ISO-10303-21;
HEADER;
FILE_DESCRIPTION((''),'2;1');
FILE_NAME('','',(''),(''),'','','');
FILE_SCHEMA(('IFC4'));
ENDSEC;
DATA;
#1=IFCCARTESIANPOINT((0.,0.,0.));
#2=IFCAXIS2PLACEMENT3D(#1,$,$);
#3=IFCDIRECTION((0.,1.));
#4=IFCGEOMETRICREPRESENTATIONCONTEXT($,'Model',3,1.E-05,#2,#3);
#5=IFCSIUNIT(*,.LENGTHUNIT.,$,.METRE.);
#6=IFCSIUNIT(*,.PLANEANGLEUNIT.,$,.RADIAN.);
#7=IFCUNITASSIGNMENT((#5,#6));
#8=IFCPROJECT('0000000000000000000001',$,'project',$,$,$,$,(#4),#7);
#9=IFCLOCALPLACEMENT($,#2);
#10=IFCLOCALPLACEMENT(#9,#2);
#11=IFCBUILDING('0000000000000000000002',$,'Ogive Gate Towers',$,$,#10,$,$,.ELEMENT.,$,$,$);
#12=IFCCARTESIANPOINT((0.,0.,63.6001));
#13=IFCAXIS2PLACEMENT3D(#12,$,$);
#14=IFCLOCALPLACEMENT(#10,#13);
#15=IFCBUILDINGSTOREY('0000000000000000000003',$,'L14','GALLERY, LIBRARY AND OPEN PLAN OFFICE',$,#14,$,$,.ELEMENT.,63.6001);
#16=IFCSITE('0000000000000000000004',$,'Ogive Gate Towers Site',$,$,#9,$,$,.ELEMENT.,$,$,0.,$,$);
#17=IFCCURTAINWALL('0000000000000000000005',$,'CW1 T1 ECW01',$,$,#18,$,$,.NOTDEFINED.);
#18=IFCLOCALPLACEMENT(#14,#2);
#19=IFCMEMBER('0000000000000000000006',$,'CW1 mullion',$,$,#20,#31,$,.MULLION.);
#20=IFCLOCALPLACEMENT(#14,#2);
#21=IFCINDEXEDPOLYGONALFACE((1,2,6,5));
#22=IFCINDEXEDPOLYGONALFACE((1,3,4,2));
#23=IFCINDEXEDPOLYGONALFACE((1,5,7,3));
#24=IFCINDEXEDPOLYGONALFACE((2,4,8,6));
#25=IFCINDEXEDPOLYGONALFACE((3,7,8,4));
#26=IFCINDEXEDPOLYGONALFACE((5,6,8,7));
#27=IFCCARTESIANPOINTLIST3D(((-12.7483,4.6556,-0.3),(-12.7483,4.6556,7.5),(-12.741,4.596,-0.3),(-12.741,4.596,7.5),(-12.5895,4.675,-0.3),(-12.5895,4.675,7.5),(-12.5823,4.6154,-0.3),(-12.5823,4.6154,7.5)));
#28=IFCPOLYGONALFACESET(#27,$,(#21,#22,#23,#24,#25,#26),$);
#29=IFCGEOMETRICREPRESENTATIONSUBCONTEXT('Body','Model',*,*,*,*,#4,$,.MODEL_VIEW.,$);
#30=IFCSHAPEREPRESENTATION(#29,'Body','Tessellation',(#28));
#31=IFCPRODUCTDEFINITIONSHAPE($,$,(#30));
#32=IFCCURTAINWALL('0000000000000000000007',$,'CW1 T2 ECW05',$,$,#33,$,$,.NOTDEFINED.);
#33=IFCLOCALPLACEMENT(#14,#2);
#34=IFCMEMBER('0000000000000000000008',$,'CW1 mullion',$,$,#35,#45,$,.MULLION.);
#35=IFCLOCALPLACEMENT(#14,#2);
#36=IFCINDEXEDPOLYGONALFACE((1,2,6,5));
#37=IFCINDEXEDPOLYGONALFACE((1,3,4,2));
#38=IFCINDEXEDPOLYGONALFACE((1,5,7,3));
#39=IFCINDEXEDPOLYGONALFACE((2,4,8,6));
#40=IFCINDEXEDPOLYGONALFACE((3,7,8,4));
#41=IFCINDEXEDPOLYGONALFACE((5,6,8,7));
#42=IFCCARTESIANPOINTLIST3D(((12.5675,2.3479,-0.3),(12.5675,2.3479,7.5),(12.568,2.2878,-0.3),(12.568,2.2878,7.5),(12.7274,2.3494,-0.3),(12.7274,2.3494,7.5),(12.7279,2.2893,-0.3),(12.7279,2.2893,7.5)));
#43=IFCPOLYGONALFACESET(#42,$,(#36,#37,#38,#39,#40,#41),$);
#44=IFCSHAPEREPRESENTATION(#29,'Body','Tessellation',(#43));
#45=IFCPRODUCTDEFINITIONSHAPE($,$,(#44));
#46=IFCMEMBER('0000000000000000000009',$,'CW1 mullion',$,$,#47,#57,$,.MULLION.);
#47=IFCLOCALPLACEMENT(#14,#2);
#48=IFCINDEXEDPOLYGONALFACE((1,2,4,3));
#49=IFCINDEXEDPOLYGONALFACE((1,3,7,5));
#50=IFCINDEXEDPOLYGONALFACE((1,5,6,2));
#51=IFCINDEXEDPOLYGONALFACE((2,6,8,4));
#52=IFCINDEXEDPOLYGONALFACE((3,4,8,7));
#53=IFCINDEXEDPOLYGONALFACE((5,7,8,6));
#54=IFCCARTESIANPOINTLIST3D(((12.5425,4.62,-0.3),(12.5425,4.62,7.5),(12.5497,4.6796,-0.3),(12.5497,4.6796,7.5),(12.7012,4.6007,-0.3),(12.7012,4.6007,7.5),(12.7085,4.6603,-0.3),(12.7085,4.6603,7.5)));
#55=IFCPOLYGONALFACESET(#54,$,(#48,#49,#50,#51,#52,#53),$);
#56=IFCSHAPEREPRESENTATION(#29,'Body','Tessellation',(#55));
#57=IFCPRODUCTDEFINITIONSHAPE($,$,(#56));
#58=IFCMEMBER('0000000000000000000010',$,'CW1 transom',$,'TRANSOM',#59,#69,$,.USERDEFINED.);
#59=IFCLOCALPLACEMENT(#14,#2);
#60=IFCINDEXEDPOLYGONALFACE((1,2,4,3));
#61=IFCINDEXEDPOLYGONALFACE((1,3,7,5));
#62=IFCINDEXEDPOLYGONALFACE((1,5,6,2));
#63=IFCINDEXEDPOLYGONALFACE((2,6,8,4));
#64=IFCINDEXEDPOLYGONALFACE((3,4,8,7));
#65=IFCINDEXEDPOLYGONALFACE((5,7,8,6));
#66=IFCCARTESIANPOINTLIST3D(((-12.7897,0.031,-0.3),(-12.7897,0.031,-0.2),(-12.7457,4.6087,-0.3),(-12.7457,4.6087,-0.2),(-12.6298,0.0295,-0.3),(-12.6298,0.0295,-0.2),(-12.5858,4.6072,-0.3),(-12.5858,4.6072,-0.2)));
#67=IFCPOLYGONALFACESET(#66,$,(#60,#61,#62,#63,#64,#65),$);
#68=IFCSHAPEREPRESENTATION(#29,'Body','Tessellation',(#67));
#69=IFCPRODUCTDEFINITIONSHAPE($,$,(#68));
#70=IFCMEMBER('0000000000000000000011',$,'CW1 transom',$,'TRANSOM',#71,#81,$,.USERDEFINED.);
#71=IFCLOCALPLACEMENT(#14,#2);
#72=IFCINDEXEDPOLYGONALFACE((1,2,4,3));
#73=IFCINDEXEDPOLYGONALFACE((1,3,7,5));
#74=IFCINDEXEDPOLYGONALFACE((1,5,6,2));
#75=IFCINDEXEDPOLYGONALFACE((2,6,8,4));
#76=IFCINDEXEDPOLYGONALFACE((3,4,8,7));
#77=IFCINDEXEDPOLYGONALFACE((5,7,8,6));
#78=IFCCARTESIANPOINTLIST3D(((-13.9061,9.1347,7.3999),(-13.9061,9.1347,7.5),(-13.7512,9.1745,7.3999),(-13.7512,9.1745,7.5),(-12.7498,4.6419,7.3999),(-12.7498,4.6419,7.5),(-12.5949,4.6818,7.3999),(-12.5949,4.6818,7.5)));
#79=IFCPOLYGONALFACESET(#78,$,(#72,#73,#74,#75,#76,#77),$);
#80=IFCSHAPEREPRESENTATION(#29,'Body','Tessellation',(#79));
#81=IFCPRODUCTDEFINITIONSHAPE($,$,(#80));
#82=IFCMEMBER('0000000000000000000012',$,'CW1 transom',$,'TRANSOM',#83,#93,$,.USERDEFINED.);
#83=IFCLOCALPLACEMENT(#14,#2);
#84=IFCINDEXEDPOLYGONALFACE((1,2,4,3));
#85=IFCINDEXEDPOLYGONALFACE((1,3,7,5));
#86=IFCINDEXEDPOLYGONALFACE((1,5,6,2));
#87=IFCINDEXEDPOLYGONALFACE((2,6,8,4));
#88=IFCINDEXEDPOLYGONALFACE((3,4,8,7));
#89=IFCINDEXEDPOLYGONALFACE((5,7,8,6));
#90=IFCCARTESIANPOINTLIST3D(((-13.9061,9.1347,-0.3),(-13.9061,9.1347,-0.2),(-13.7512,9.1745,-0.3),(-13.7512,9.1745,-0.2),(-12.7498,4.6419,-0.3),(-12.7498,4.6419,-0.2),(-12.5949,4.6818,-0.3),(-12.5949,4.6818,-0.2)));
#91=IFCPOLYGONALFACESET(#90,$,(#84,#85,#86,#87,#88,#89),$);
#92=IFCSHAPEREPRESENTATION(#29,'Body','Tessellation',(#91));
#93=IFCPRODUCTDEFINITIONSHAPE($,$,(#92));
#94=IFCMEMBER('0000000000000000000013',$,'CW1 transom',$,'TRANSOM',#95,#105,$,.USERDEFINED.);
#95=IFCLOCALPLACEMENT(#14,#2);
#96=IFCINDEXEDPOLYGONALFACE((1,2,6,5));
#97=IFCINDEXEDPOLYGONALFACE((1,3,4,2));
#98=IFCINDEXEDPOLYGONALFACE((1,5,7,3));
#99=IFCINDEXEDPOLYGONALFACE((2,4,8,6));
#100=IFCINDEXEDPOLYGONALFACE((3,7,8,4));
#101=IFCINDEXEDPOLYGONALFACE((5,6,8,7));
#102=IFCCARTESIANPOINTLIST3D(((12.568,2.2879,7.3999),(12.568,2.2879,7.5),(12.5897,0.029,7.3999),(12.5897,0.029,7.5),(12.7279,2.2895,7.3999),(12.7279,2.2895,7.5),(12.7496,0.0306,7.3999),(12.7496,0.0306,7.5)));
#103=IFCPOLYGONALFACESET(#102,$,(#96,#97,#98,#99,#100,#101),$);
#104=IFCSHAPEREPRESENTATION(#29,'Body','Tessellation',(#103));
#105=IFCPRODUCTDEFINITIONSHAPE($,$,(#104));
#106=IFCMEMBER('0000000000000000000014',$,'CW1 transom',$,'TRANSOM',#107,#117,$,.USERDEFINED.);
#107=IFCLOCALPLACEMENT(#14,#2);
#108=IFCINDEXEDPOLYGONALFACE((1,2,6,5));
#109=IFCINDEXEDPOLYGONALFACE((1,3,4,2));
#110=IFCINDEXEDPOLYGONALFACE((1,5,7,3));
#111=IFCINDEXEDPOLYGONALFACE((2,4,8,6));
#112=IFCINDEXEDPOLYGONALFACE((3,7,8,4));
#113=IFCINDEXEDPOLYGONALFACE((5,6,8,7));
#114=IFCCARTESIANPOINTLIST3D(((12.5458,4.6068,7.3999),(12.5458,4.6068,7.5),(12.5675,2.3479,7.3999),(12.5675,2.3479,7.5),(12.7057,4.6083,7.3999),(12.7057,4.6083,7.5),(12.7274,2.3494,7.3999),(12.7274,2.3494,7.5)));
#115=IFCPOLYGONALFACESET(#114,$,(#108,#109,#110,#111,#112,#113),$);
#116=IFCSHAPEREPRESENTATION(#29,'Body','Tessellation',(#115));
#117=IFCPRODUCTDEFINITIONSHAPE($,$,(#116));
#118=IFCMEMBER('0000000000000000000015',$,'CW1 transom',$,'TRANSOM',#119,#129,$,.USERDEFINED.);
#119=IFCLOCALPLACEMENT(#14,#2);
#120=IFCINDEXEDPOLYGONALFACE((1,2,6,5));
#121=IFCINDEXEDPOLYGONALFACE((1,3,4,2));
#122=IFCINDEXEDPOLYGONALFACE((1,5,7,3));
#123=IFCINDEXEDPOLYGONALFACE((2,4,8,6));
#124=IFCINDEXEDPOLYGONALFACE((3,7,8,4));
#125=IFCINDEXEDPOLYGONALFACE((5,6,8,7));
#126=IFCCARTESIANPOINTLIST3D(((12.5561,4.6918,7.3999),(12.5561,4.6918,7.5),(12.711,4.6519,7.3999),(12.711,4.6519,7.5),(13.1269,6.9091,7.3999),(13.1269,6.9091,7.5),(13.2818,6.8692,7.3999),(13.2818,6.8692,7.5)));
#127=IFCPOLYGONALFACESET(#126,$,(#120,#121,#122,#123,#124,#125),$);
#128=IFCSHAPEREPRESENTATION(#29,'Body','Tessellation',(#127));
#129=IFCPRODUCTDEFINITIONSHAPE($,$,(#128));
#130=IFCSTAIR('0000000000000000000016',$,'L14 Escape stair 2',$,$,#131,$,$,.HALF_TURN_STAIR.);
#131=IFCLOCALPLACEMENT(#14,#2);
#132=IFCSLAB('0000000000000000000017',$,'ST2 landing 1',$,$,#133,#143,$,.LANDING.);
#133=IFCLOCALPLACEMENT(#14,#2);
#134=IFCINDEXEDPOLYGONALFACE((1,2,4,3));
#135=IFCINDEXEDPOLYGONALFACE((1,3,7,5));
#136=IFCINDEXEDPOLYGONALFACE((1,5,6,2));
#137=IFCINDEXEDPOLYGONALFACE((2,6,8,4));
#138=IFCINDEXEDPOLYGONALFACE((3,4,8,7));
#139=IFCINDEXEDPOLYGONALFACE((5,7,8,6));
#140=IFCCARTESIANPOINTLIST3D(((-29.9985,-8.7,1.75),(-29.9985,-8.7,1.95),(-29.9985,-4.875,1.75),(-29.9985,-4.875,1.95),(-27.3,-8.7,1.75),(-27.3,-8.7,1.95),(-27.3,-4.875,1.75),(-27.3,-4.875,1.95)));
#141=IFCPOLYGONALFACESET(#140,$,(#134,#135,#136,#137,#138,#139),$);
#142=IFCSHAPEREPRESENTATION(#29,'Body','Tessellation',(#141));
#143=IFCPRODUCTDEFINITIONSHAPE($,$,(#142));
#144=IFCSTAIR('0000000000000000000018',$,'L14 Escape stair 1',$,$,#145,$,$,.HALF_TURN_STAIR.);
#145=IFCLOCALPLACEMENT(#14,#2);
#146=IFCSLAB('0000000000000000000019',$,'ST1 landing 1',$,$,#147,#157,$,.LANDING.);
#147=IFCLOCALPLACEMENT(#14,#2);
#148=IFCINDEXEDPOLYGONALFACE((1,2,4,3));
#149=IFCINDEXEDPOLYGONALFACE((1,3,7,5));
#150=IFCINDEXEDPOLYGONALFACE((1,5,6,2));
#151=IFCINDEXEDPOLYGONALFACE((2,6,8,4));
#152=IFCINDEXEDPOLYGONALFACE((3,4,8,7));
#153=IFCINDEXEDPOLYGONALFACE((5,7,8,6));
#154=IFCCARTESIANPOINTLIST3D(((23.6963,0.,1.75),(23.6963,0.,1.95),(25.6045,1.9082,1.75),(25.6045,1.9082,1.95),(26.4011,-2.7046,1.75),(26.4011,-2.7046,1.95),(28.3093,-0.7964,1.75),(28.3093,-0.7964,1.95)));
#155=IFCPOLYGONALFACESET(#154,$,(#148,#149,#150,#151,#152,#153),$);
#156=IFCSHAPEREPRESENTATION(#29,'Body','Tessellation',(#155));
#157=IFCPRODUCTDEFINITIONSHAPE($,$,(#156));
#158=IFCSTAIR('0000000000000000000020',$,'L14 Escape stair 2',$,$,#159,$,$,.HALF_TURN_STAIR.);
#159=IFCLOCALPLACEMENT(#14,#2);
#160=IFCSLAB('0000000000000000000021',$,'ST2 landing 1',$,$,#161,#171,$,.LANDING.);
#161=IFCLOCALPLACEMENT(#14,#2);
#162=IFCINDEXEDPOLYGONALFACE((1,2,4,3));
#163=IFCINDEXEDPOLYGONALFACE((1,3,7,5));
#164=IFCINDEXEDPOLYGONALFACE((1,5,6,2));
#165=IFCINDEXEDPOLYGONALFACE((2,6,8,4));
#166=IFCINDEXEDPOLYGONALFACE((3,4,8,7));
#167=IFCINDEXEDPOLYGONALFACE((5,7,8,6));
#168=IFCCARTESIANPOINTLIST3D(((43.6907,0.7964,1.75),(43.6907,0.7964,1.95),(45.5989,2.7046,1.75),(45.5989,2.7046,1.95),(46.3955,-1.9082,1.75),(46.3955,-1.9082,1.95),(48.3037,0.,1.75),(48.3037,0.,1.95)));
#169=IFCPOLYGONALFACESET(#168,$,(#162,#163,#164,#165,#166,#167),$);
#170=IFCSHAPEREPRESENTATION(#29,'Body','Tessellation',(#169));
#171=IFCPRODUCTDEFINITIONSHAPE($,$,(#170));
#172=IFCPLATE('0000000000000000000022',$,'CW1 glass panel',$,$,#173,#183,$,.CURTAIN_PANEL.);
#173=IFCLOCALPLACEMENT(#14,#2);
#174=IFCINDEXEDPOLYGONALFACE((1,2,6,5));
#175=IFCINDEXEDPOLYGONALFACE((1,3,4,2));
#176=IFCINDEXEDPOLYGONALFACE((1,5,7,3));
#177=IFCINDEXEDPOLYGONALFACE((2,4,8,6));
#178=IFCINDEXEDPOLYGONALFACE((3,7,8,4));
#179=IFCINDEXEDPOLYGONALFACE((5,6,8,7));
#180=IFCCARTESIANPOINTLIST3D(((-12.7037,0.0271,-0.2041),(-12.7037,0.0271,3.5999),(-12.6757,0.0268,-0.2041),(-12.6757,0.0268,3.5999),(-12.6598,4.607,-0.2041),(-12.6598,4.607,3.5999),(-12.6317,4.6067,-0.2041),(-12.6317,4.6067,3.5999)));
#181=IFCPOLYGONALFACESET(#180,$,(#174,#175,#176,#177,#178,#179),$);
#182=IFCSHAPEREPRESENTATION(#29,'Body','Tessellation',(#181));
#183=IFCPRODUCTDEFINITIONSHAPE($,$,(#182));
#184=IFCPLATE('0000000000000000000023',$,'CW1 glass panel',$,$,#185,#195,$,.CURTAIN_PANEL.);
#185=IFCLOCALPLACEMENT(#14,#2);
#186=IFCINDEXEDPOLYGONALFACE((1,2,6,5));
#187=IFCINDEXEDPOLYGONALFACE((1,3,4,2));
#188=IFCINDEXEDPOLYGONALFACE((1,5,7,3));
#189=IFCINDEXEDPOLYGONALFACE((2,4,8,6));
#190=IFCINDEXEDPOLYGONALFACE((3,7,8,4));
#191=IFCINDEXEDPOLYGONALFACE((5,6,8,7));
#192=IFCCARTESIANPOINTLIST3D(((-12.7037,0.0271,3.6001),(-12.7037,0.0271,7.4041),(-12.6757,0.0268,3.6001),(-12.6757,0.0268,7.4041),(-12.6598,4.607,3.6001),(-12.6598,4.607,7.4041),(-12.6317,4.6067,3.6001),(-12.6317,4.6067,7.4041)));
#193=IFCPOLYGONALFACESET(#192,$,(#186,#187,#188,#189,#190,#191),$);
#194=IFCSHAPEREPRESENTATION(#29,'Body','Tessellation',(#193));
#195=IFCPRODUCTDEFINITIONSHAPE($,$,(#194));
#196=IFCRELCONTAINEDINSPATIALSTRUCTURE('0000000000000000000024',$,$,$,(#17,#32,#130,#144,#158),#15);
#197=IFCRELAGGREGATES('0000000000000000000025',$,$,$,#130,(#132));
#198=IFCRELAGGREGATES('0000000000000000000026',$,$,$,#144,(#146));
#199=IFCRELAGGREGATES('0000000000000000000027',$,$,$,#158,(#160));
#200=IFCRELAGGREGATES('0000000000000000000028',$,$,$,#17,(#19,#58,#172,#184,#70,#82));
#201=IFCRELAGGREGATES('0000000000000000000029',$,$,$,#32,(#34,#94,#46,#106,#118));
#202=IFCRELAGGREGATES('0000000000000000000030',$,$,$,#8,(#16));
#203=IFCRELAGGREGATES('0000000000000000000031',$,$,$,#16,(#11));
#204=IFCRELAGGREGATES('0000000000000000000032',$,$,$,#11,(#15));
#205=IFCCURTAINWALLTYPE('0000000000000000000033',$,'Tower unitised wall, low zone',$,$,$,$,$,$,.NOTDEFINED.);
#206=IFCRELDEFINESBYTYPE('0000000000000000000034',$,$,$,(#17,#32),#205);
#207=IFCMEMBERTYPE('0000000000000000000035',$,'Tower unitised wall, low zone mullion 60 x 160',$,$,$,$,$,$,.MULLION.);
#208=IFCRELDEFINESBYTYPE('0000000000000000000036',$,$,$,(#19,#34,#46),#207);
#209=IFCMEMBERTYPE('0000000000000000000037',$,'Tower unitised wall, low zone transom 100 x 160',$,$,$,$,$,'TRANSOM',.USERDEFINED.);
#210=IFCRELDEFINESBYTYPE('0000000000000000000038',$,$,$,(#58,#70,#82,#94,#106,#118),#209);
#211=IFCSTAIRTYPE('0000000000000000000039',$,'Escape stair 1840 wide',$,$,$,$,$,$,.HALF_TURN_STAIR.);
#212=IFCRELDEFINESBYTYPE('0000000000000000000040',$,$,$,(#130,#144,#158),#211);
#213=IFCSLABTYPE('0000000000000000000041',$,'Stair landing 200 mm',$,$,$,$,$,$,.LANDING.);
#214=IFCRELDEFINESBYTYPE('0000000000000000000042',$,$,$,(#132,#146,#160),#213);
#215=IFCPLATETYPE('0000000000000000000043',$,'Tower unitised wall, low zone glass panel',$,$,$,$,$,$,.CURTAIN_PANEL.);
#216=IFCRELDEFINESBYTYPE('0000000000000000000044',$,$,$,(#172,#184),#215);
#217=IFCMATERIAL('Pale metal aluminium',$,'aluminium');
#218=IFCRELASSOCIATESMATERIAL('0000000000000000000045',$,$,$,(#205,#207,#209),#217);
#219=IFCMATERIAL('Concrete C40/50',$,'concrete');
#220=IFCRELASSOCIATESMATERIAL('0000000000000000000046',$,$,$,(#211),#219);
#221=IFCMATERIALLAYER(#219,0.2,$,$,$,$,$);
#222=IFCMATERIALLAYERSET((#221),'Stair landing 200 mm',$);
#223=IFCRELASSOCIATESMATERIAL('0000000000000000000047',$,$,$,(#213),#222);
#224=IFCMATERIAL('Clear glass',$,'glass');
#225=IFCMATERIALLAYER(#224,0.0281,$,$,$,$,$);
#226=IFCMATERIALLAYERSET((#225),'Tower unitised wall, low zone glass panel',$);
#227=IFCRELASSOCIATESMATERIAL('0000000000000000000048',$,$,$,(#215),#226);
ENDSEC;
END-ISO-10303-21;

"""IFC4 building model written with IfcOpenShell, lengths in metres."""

from ifc_helpers import new_model, si_unit, direction, frame, origin, origin_2d, place, context, subcontext, project, spatial, polyline, rectangle, outline, extrude, material, layer, layer_set, material_profile, profile_set, type_object, element, aggregate, save


model = new_model("IFC4")

# Units and contexts
model_context = context("Model", 3, precision=1e-05, world=origin(), true_north=direction((0.0, 1.0)))
body_context = subcontext(model_context, "Body", "Model", "MODEL_VIEW")
ifc_project = project(units=[si_unit("LENGTHUNIT", "METRE"), si_unit("PLANEANGLEUNIT", "RADIAN")], contexts=[model_context])

# Site, building, storey
site_placement = place(None, origin())
site = spatial("IfcSite", under=ifc_project, at=site_placement, Name="Ogive Gate Towers Site", CompositionType="ELEMENT", RefElevation=0.0)
building_placement = place(site_placement, origin())
building = spatial("IfcBuilding", under=site, at=building_placement, Name="Ogive Gate Towers", CompositionType="ELEMENT")
storey_placement = place(building_placement, frame((0.0, 0.0, 63.6001)))
storey = spatial("IfcBuildingStorey", under=building, at=storey_placement, Name="L14", Description="GALLERY, LIBRARY AND OPEN PLAN OFFICE", CompositionType="ELEMENT", Elevation=63.6001)

# Curtain wall, member
ifc_material_1 = material(Name="Pale metal aluminium", Category="aluminium")
curtain_wall_type = type_object("IfcCurtainWallType", Name="Tower unitised wall, low zone", PredefinedType="NOTDEFINED", material=ifc_material_1)
curtain_wall_1_placement = place(storey_placement, origin())
curtain_wall_1 = element("IfcCurtainWall", 1, at=curtain_wall_1_placement, inside=storey, type_object=curtain_wall_type, Name="CW1 T1 ECW01", PredefinedType="NOTDEFINED")
ifc_material_profile_1 = material_profile(ifc_material_1, rectangle(XDim=0.1599, YDim=0.0601, at=origin_2d()), Name="60 x 160 aluminium box")
ifc_profile_set_1 = profile_set([ifc_material_profile_1], Name="Pale metal aluminium")
member_type_1 = type_object("IfcMemberType", Name="Tower unitised wall, low zone mullion 60 x 160", PredefinedType="MULLION", material=ifc_profile_set_1)
member_1_placement = place(storey_placement, frame((-12.6653, 4.6355, -0.3), z_axis=(0.0, 0.0, 1.0), x_axis=(0.992671, 0.120847, 0.0)))
member_1 = element("IfcMember", 2, at=member_1_placement, type_object=member_type_1, Name="CW1 mullion", PredefinedType="MULLION", context=body_context, shape_type="SweptSolid", body=[
    extrude(rectangle(XDim=0.1599, YDim=0.0601, at=origin_2d()), origin(), (0.0, 0.0, 1.0), 7.8),
])

# Curtain wall, members
curtain_wall_2_placement = place(storey_placement, origin())
curtain_wall_2 = element("IfcCurtainWall", 3, at=curtain_wall_2_placement, inside=storey, type_object=curtain_wall_type, Name="CW1 T2 ECW05", PredefinedType="NOTDEFINED")
member_2_placement = place(storey_placement, frame((12.6477, 2.3186, -0.3), z_axis=(0.0, 0.0, 1.0), x_axis=(0.999954, 0.009599, 0.0)))
member_2 = element("IfcMember", 4, at=member_2_placement, type_object=member_type_1, Name="CW1 mullion", PredefinedType="MULLION", context=body_context, shape_type="SweptSolid", body=[
    extrude(rectangle(XDim=0.1599, YDim=0.0601, at=origin_2d()), origin(), (0.0, 0.0, 1.0), 7.8),
])
member_3_placement = place(storey_placement, frame((12.6255, 4.6401, -0.3), z_axis=(0.0, 0.0, 1.0), x_axis=(0.992669, -0.120865, 0.0)))
member_3 = element("IfcMember", 5, at=member_3_placement, type_object=member_type_1, Name="CW1 mullion", PredefinedType="MULLION", context=body_context, shape_type="SweptSolid", body=[
    extrude(rectangle(XDim=0.1599, YDim=0.0601, at=origin_2d()), origin(), (0.0, 0.0, 1.0), 7.8),
])

# Members
ifc_material_profile_2 = material_profile(ifc_material_1, rectangle(XDim=0.1599, YDim=0.1001, at=origin_2d()), Name="100 x 160 aluminium box")
ifc_profile_set_2 = profile_set([ifc_material_profile_2], Name="Pale metal aluminium")
member_type_2 = type_object("IfcMemberType", Name="Tower unitised wall, low zone transom 100 x 160", ElementType="TRANSOM", PredefinedType="USERDEFINED", material=ifc_profile_set_2)
member_4_placement = place(storey_placement, frame((-12.7097, 0.0303, -0.25), z_axis=(0.0096, 0.999954, 0.0), x_axis=(-0.999954, 0.0096, 0.0)))
member_4 = element("IfcMember", 6, at=member_4_placement, type_object=member_type_2, Name="CW1 transom", ObjectType="TRANSOM", PredefinedType="USERDEFINED", context=body_context, shape_type="SweptSolid", body=[
    extrude(rectangle(XDim=0.1599, YDim=0.1001, at=origin_2d()), origin(), (0.0, 0.0, 1.0), 4.5779),
])
member_5_placement = place(storey_placement, frame((-12.6724, 4.6619, 7.45), z_axis=(-0.249241, 0.968441, 0.0), x_axis=(-0.968441, -0.249241, 0.0)))
member_5 = element("IfcMember", 7, at=member_5_placement, type_object=member_type_2, Name="CW1 transom", ObjectType="TRANSOM", PredefinedType="USERDEFINED", context=body_context, shape_type="SweptSolid", body=[
    extrude(rectangle(XDim=0.1599, YDim=0.1001, at=origin_2d()), origin(), (0.0, 0.0, 1.0), 4.6392),
])
member_6_placement = place(storey_placement, frame((-12.6724, 4.6619, -0.25), z_axis=(-0.249241, 0.968441, 0.0), x_axis=(-0.968441, -0.249241, 0.0)))
member_6 = element("IfcMember", 8, at=member_6_placement, type_object=member_type_2, Name="CW1 transom", ObjectType="TRANSOM", PredefinedType="USERDEFINED", context=body_context, shape_type="SweptSolid", body=[
    extrude(rectangle(XDim=0.1599, YDim=0.1001, at=origin_2d()), origin(), (0.0, 0.0, 1.0), 4.6392),
])
member_7_placement = place(storey_placement, frame((12.6697, 0.0298, 7.45), z_axis=(-0.009618, 0.999954, 0.0), x_axis=(-0.999954, -0.009618, 0.0)))
member_7 = element("IfcMember", 9, at=member_7_placement, type_object=member_type_2, Name="CW1 transom", ObjectType="TRANSOM", PredefinedType="USERDEFINED", context=body_context, shape_type="SweptSolid", body=[
    extrude(rectangle(XDim=0.1599, YDim=0.1001, at=origin_2d()), origin(), (0.0, 0.0, 1.0), 2.259),
])
member_8_placement = place(storey_placement, frame((12.6475, 2.3486, 7.45), z_axis=(-0.009618, 0.999954, 0.0), x_axis=(-0.999954, -0.009618, 0.0)))
member_8 = element("IfcMember", 10, at=member_8_placement, type_object=member_type_2, Name="CW1 transom", ObjectType="TRANSOM", PredefinedType="USERDEFINED", context=body_context, shape_type="SweptSolid", body=[
    extrude(rectangle(XDim=0.1599, YDim=0.1001, at=origin_2d()), origin(), (0.0, 0.0, 1.0), 2.259),
])
member_9_placement = place(storey_placement, frame((12.6335, 4.6719, 7.45), z_axis=(0.249304, 0.968425, 0.0), x_axis=(-0.968425, 0.249304, 0.0)))
member_9 = element("IfcMember", 11, at=member_9_placement, type_object=member_type_2, Name="CW1 transom", ObjectType="TRANSOM", PredefinedType="USERDEFINED", context=body_context, shape_type="SweptSolid", body=[
    extrude(rectangle(XDim=0.1599, YDim=0.1001, at=origin_2d()), origin(), (0.0, 0.0, 1.0), 2.2896),
])

# Stairs, slabs
ifc_material_2 = material(Name="Concrete C40/50", Category="concrete")
stair_type = type_object("IfcStairType", Name="Escape stair 1840 wide", PredefinedType="HALF_TURN_STAIR", material=ifc_material_2)
stair_1_placement = place(storey_placement, origin())
stair_1 = element("IfcStair", 12, at=stair_1_placement, inside=storey, type_object=stair_type, Name="L14 Escape stair 2", PredefinedType="HALF_TURN_STAIR")
ifc_layer_1 = layer(ifc_material_2, 0.2)
ifc_layer_set_1 = layer_set([ifc_layer_1], Name="Stair landing 200 mm")
slab_type = type_object("IfcSlabType", Name="Stair landing 200 mm", PredefinedType="LANDING", material=ifc_layer_set_1)
slab_1_placement = place(storey_placement, frame((0.0, 0.0, 1.75)))
slab_1 = element("IfcSlab", 13, at=slab_1_placement, type_object=slab_type, Name="ST2 landing 1", PredefinedType="LANDING", context=body_context, shape_type="SweptSolid", body=[
    extrude(outline(polyline([(-29.9985, -8.7), (-27.3, -8.7), (-27.3, -4.875), (-29.9985, -4.875), (-29.9985, -8.7)])), origin(), (0.0, 0.0, 1.0), 0.2),
])
aggregate(stair_1, [slab_1])
stair_2_placement = place(storey_placement, origin())
stair_2 = element("IfcStair", 14, at=stair_2_placement, inside=storey, type_object=stair_type, Name="L14 Escape stair 1", PredefinedType="HALF_TURN_STAIR")
slab_2_placement = place(storey_placement, frame((0.0, 0.0, 1.75)))
slab_2 = element("IfcSlab", 15, at=slab_2_placement, type_object=slab_type, Name="ST1 landing 1", PredefinedType="LANDING", context=body_context, shape_type="SweptSolid", body=[
    extrude(outline(polyline([(25.6045, 1.9082), (23.6963, 0.0), (26.4011, -2.7046), (28.3093, -0.7964), (25.6045, 1.9082)])), origin(), (0.0, 0.0, 1.0), 0.2),
])
aggregate(stair_2, [slab_2])
stair_3_placement = place(storey_placement, origin())
stair_3 = element("IfcStair", 16, at=stair_3_placement, inside=storey, type_object=stair_type, Name="L14 Escape stair 2", PredefinedType="HALF_TURN_STAIR")
slab_3_placement = place(storey_placement, frame((0.0, 0.0, 1.75)))
slab_3 = element("IfcSlab", 17, at=slab_3_placement, type_object=slab_type, Name="ST2 landing 1", PredefinedType="LANDING", context=body_context, shape_type="SweptSolid", body=[
    extrude(outline(polyline([(46.3955, -1.9082), (48.3037, 0.0), (45.5989, 2.7046), (43.6907, 0.7964), (46.3955, -1.9082)])), origin(), (0.0, 0.0, 1.0), 0.2),
])
aggregate(stair_3, [slab_3])

# Plates
ifc_material_3 = material(Name="Clear glass", Category="glass")
ifc_layer_2 = layer(ifc_material_3, 0.0281)
ifc_layer_set_2 = layer_set([ifc_layer_2], Name="Tower unitised wall, low zone glass panel")
plate_type = type_object("IfcPlateType", Name="Tower unitised wall, low zone glass panel", PredefinedType="CURTAIN_PANEL", material=ifc_layer_set_2)
plate_1_placement = place(storey_placement, frame((-12.6677, 2.3169, -0.2041), z_axis=(0.0, 0.0, 1.0), x_axis=(0.009599, 0.999954, 0.0)))
plate_1 = element("IfcPlate", 18, at=plate_1_placement, type_object=plate_type, Name="CW1 glass panel", PredefinedType="CURTAIN_PANEL", context=body_context, shape_type="SweptSolid", body=[
    extrude(rectangle(XDim=4.5801, YDim=0.0281, at=origin_2d()), origin(), (0.0, 0.0, 1.0), 3.804),
])
plate_2_placement = place(storey_placement, frame((-12.6677, 2.3169, 3.6001), z_axis=(0.0, 0.0, 1.0), x_axis=(0.009599, 0.999954, 0.0)))
plate_2 = element("IfcPlate", 19, at=plate_2_placement, type_object=plate_type, Name="CW1 glass panel", PredefinedType="CURTAIN_PANEL", context=body_context, shape_type="SweptSolid", body=[
    extrude(rectangle(XDim=4.5801, YDim=0.0281, at=origin_2d()), origin(), (0.0, 0.0, 1.0), 3.804),
])
aggregate(curtain_wall_1, [member_1, member_4, plate_1, plate_2, member_5, member_6])
aggregate(curtain_wall_2, [member_2, member_7, member_3, member_8, member_9])

save(model, "model.ifc")
